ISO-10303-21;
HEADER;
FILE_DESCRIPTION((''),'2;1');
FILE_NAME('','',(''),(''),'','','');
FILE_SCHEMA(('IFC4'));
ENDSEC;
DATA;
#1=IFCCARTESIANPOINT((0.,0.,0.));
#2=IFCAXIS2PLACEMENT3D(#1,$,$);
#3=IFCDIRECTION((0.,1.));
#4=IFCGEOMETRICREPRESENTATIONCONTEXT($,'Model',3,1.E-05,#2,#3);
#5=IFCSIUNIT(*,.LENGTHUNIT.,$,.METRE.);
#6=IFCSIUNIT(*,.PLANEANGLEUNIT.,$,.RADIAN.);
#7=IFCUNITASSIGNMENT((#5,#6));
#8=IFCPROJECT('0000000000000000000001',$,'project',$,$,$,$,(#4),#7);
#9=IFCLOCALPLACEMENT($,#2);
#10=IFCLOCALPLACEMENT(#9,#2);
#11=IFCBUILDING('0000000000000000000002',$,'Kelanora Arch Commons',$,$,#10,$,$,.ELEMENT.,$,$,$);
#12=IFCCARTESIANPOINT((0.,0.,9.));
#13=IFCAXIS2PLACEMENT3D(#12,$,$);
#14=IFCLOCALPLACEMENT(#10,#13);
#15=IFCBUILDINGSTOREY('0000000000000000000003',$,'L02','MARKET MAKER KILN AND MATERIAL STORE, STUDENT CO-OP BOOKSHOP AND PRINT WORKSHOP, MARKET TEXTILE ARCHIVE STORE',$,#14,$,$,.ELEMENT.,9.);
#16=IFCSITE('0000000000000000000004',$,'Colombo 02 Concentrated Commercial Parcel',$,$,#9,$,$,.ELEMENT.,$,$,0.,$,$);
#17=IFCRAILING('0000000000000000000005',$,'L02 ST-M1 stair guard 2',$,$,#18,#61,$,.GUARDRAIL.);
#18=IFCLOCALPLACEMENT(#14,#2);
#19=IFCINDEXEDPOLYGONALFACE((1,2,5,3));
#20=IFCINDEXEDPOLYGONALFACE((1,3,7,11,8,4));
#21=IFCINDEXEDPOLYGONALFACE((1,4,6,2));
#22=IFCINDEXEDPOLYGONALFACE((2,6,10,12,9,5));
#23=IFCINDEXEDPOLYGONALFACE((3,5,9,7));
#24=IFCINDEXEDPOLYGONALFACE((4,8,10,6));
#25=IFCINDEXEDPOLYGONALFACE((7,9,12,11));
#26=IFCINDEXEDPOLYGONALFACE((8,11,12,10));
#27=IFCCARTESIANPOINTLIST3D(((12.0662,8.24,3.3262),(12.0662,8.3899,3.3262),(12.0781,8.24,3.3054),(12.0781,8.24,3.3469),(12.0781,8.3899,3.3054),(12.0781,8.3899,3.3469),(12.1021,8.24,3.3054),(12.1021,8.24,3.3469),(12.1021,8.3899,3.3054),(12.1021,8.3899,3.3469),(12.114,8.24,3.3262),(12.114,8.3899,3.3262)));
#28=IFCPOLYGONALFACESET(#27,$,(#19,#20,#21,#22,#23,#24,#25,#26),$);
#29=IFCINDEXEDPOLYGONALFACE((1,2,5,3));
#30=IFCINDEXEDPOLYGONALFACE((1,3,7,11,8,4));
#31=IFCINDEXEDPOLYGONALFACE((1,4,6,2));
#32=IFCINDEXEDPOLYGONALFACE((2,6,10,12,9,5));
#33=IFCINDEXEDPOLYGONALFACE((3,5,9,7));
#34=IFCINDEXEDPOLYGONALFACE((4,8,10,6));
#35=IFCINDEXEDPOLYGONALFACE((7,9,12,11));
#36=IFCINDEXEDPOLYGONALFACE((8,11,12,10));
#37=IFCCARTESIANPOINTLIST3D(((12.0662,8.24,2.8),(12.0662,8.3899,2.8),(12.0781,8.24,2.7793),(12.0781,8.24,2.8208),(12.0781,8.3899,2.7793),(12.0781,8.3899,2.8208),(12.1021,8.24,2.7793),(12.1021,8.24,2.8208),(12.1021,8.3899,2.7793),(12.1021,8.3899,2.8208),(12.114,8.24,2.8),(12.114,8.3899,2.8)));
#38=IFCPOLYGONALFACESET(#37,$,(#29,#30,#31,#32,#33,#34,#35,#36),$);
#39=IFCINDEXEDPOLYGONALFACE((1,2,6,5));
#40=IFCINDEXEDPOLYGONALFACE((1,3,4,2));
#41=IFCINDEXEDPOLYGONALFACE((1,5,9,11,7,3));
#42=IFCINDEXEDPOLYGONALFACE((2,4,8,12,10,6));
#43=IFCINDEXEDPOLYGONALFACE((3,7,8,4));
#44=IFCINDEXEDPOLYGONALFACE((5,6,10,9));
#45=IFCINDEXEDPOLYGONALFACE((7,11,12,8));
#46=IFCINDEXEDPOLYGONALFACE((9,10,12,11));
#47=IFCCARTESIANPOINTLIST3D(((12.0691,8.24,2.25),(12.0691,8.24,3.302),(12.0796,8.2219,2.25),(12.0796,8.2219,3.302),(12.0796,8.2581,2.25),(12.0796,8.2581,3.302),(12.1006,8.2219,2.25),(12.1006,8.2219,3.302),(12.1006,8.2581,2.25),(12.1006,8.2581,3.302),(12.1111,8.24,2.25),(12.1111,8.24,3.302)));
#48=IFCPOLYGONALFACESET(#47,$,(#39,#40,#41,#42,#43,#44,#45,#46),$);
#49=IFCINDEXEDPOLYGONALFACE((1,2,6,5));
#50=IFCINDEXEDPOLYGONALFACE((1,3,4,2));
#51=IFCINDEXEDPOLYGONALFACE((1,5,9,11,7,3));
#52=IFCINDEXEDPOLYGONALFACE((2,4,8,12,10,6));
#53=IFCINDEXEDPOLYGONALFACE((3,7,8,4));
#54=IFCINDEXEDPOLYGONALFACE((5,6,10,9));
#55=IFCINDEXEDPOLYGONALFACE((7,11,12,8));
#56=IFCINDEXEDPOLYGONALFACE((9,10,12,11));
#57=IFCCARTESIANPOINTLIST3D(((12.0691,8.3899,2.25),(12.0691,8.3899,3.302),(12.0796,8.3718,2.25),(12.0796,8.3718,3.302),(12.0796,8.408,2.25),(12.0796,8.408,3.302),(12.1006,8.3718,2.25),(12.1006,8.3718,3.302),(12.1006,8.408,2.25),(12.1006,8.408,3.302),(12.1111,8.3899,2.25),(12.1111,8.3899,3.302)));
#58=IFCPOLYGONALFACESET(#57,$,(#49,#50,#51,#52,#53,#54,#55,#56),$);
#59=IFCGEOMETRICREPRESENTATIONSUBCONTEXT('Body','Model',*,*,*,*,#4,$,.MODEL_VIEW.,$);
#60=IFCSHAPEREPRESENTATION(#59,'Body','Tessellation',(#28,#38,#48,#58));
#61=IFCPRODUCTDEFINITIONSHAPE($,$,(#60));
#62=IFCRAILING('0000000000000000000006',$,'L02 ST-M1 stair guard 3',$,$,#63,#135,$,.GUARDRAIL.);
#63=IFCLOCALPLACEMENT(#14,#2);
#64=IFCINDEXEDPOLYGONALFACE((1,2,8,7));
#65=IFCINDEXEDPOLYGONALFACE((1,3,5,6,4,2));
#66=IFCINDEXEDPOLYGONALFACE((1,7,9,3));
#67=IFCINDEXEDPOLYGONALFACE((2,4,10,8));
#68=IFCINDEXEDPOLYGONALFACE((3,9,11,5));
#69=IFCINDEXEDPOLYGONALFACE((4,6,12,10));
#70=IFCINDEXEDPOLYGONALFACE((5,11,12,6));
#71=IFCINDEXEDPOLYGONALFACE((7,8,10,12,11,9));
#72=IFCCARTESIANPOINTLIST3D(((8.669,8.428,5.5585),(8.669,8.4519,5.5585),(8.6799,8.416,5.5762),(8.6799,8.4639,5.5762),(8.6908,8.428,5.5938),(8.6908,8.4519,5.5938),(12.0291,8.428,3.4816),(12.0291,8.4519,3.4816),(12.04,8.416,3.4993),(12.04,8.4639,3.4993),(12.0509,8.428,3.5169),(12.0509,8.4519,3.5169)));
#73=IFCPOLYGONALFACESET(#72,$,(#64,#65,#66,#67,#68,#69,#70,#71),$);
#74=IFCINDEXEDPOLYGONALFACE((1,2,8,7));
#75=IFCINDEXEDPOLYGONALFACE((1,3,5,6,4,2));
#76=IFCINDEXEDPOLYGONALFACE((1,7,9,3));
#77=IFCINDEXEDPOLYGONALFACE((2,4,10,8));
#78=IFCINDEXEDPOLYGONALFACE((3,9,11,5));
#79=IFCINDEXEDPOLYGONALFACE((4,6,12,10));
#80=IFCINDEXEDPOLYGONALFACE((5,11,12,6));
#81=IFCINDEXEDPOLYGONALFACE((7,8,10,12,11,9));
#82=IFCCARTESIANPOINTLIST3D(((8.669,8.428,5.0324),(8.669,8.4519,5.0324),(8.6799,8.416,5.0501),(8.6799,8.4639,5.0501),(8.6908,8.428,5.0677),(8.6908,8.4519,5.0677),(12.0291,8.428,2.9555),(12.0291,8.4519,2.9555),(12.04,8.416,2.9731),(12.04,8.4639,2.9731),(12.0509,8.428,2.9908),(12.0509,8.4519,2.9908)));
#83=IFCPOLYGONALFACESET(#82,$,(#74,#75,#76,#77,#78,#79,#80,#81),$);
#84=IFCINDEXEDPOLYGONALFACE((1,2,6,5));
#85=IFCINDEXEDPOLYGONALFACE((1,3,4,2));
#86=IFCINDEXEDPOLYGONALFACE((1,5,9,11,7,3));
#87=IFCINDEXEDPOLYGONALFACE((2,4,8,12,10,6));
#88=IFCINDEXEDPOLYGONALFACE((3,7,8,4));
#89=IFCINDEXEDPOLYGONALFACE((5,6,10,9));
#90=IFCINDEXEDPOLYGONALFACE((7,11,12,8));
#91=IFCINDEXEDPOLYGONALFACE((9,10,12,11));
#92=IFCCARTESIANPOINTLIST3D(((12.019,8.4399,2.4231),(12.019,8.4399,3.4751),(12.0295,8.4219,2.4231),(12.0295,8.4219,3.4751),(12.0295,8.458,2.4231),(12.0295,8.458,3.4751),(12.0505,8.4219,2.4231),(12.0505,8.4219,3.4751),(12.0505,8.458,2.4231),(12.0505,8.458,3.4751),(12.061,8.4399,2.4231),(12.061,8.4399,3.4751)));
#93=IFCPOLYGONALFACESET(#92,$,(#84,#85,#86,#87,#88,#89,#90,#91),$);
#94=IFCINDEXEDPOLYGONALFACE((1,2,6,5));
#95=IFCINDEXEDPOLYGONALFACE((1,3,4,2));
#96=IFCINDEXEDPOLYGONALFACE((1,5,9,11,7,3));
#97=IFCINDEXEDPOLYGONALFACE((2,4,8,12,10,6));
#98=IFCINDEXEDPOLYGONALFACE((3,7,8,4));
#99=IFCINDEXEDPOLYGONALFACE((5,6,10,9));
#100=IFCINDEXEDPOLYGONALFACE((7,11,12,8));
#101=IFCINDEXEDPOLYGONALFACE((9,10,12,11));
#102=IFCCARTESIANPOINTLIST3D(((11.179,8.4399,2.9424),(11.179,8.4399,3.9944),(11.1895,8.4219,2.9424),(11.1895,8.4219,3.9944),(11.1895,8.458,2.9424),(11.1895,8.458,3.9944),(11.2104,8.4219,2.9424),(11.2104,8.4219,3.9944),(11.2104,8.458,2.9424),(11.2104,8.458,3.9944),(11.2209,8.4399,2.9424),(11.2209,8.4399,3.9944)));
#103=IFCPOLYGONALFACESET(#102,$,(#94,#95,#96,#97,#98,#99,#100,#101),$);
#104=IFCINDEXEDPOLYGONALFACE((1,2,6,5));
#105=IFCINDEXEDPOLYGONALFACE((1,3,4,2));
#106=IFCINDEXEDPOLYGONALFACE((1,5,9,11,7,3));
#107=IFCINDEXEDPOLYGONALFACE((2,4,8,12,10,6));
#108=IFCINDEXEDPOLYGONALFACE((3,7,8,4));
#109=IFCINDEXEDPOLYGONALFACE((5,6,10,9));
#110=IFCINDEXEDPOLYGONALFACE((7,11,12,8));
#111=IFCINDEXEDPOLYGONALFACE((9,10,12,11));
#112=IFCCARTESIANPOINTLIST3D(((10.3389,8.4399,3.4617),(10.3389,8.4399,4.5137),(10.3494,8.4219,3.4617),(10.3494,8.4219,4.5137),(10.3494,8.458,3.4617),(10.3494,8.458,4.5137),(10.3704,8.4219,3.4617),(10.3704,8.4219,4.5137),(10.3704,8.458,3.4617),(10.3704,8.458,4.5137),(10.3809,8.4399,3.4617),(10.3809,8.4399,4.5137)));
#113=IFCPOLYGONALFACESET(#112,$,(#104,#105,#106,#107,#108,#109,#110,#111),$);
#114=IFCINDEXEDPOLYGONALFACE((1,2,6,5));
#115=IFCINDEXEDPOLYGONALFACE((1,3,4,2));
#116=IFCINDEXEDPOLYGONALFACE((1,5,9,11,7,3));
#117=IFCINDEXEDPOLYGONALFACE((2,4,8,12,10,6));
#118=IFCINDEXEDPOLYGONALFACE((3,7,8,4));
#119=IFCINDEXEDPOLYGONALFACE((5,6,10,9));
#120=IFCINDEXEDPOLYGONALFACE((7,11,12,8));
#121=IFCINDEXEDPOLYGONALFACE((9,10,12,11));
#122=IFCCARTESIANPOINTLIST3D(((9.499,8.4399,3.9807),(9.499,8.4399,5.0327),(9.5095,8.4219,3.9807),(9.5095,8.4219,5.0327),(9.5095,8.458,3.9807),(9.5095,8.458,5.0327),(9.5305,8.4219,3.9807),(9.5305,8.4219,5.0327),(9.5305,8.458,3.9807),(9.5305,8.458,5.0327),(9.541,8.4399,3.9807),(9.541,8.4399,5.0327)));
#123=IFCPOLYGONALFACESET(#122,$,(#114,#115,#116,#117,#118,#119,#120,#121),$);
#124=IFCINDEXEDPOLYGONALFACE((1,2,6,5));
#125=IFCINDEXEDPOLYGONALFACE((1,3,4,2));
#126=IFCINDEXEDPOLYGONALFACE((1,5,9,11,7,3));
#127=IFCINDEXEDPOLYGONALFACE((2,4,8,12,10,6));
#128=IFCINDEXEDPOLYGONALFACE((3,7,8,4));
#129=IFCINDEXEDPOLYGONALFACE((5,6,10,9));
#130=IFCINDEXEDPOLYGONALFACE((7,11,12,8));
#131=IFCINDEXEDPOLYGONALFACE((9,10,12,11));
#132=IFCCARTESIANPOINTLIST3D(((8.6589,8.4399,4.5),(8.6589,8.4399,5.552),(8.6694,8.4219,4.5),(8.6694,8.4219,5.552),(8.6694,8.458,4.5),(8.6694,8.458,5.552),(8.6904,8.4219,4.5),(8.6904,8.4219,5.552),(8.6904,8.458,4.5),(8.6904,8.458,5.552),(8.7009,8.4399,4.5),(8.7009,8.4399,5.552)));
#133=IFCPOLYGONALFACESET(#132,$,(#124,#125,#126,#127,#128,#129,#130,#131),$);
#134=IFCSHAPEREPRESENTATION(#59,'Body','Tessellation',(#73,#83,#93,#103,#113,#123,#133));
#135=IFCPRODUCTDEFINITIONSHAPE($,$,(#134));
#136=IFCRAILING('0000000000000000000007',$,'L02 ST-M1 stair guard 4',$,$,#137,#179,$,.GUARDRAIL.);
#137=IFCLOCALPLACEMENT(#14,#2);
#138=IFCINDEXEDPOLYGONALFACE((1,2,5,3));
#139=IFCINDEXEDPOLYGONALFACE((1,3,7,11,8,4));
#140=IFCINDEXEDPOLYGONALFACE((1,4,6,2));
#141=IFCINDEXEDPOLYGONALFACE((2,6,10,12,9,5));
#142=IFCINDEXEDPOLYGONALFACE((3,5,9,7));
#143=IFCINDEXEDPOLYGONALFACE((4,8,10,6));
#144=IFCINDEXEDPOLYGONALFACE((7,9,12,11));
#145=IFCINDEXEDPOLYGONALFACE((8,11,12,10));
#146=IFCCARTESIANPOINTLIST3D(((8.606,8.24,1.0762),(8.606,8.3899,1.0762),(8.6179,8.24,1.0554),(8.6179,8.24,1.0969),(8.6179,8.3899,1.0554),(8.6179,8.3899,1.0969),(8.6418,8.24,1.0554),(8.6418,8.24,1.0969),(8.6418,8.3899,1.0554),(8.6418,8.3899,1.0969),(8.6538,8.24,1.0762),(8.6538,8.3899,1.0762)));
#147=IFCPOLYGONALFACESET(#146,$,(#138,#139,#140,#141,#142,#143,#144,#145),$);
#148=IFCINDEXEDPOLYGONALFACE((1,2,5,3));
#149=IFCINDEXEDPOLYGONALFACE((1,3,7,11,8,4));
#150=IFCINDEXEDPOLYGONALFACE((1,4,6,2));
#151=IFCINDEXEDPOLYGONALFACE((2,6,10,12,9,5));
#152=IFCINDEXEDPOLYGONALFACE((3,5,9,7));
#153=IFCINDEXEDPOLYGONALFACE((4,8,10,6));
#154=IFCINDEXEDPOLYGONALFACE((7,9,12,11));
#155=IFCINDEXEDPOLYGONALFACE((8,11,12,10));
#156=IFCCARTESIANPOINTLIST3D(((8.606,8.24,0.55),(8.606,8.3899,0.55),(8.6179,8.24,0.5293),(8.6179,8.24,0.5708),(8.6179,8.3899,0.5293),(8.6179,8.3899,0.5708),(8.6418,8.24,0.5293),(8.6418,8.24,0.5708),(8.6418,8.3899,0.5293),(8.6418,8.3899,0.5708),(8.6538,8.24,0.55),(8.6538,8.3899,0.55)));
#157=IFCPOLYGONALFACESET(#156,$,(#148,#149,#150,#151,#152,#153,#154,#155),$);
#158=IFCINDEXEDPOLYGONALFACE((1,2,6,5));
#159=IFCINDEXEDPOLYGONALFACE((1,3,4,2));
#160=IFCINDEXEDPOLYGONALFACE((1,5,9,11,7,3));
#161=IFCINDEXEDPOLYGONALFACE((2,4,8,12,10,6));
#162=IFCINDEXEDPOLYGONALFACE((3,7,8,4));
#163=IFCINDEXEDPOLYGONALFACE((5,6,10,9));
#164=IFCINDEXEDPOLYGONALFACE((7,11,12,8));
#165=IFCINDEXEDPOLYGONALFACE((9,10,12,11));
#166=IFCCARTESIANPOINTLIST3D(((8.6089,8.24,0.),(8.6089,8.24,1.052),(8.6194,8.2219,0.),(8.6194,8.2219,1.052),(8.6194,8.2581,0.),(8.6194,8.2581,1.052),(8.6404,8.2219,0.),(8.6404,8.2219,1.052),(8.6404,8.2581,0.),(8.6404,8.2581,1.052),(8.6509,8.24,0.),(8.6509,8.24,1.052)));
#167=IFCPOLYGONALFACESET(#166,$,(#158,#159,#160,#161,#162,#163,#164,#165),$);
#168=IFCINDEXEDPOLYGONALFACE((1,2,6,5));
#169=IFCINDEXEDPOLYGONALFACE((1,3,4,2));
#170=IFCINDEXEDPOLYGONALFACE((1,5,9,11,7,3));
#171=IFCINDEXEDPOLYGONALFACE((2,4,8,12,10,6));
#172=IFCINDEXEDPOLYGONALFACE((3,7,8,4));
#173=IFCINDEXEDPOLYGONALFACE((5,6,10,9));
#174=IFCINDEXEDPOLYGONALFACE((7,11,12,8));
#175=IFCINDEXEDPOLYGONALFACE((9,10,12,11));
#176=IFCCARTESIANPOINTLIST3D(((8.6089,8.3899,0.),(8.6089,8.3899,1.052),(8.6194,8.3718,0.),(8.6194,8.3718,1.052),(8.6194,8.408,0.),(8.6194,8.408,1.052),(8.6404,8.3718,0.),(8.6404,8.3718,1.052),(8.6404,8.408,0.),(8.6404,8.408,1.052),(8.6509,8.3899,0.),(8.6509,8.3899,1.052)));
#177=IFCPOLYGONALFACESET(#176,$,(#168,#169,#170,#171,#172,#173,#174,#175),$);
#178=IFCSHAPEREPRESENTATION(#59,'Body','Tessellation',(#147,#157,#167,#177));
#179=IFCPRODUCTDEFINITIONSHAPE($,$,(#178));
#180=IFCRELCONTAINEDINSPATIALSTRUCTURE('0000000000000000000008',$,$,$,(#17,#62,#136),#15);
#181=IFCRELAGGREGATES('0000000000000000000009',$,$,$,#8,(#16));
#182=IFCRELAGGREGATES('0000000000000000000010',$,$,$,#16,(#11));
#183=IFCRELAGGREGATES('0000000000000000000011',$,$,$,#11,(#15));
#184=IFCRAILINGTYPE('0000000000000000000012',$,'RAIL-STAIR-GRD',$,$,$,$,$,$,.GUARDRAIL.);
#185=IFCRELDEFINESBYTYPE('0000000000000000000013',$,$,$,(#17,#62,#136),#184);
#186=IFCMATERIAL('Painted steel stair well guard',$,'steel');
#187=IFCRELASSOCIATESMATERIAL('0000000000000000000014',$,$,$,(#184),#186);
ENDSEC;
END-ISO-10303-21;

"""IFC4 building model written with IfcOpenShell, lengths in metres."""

from ifc_helpers import new_model, si_unit, direction, frame, origin, place, context, subcontext, project, spatial, polyline, outline, extrude, material, type_object, element, save


model = new_model("IFC4")

# Units and contexts
model_context = context("Model", 3, precision=1e-05, world=origin(), true_north=direction((0.0, 1.0)))
body_context = subcontext(model_context, "Body", "Model", "MODEL_VIEW")
ifc_project = project(units=[si_unit("LENGTHUNIT", "METRE"), si_unit("PLANEANGLEUNIT", "RADIAN")], contexts=[model_context])

# Site, building, storey
site_placement = place(None, origin())
site = spatial("IfcSite", under=ifc_project, at=site_placement, Name="Colombo 02 Concentrated Commercial Parcel", CompositionType="ELEMENT", RefElevation=0.0)
building_placement = place(site_placement, origin())
building = spatial("IfcBuilding", under=site, at=building_placement, Name="Kelanora Arch Commons", CompositionType="ELEMENT")
storey_placement = place(building_placement, frame((0.0, 0.0, 9.0)))
storey = spatial("IfcBuildingStorey", under=building, at=storey_placement, Name="L02", Description="MARKET MAKER KILN AND MATERIAL STORE, STUDENT CO-OP BOOKSHOP AND PRINT WORKSHOP, MARKET TEXTILE ARCHIVE STORE", CompositionType="ELEMENT", Elevation=9.0)

# Railings
ifc_material_1 = material(Name="Painted steel stair well guard", Category="steel")
railing_type_1 = type_object("IfcRailingType", Name="RAIL-STAIR-GRD", PredefinedType="GUARDRAIL", material=ifc_material_1)
railing_1_placement = place(storey_placement, frame((12.0901, 8.24, 2.25)))
element("IfcRailing", 1, at=railing_1_placement, inside=storey, type_object=railing_type_1, Name="L02 ST-M1 stair guard 2", PredefinedType="GUARDRAIL", context=body_context, shape_type="SweptSolid", body=[
    extrude(outline(polyline([(0.0239, 0.0), (0.012, 0.0208), (-0.012, 0.0208), (-0.0239, 0.0), (-0.012, -0.0208), (0.012, -0.0208), (0.0239, 0.0)])), frame((0.0, 0.0, 1.0762), z_axis=(0.0, 1.0, 0.0), x_axis=(-1.0, 0.0, 0.0)), (0.0, 0.0, 1.0), 0.1499),
    extrude(outline(polyline([(0.0239, 0.0), (0.012, 0.0208), (-0.012, 0.0208), (-0.0239, 0.0), (-0.012, -0.0208), (0.012, -0.0208), (0.0239, 0.0)])), frame((0.0, 0.0, 0.55), z_axis=(0.0, 1.0, 0.0), x_axis=(-1.0, 0.0, 0.0)), (0.0, 0.0, 1.0), 0.1499),
    extrude(outline(polyline([(0.021, 0.0), (0.0105, 0.0181), (-0.0105, 0.0181), (-0.021, 0.0), (-0.0105, -0.0181), (0.0105, -0.0181), (0.021, 0.0)])), origin(), (0.0, 0.0, 1.0), 1.052),
    extrude(outline(polyline([(0.021, 0.0), (0.0105, 0.0181), (-0.0105, 0.0181), (-0.021, 0.0), (-0.0105, -0.0181), (0.0105, -0.0181), (0.021, 0.0)])), frame((0.0, 0.1499, 0.0)), (0.0, 0.0, 1.0), 1.052),
])
railing_2_placement = place(storey_placement, frame((12.04, 8.4399, 2.4231)))
element("IfcRailing", 2, at=railing_2_placement, inside=storey, type_object=railing_type_1, Name="L02 ST-M1 stair guard 3", PredefinedType="GUARDRAIL", context=body_context, shape_type="SweptSolid", body=[
    extrude(outline(polyline([(0.0239, 0.0), (0.012, 0.0208), (-0.012, 0.0208), (-0.0239, 0.0), (-0.012, -0.0208), (0.012, -0.0208), (0.0239, 0.0)])), frame((0.0, 0.0, 1.0762), z_axis=(-0.850623, 0.0, 0.525776), x_axis=(0.0, -1.0, 0.0)), (0.0, 0.0, 1.0), 3.9502),
    extrude(outline(polyline([(0.0239, 0.0), (0.012, 0.0208), (-0.012, 0.0208), (-0.0239, 0.0), (-0.012, -0.0208), (0.012, -0.0208), (0.0239, 0.0)])), frame((0.0, 0.0, 0.55), z_axis=(-0.850623, 0.0, 0.525776), x_axis=(0.0, -1.0, 0.0)), (0.0, 0.0, 1.0), 3.9502),
    extrude(outline(polyline([(0.021, 0.0), (0.0105, 0.0181), (-0.0105, 0.0181), (-0.021, 0.0), (-0.0105, -0.0181), (0.0105, -0.0181), (0.021, 0.0)])), origin(), (0.0, 0.0, 1.0), 1.052),
    extrude(outline(polyline([(0.021, 0.0), (0.0105, 0.0181), (-0.0105, 0.0181), (-0.021, 0.0), (-0.0105, -0.0181), (0.0105, -0.0181), (0.021, 0.0)])), frame((-0.8401, 0.0, 0.5193)), (0.0, 0.0, 1.0), 1.052),
    extrude(outline(polyline([(0.021, 0.0), (0.0105, 0.0181), (-0.0105, 0.0181), (-0.021, 0.0), (-0.0105, -0.0181), (0.0105, -0.0181), (0.021, 0.0)])), frame((-1.6802, 0.0, 1.0386)), (0.0, 0.0, 1.0), 1.052),
    extrude(outline(polyline([(0.021, 0.0), (0.0105, 0.0181), (-0.0105, 0.0181), (-0.021, 0.0), (-0.0105, -0.0181), (0.0105, -0.0181), (0.021, 0.0)])), frame((-2.52, 0.0, 1.5576)), (0.0, 0.0, 1.0), 1.052),
    extrude(outline(polyline([(0.021, 0.0), (0.0105, 0.0181), (-0.0105, 0.0181), (-0.021, 0.0), (-0.0105, -0.0181), (0.0105, -0.0181), (0.021, 0.0)])), frame((-3.3601, 0.0, 2.0769)), (0.0, 0.0, 1.0), 1.052),
])
railing_3_placement = place(storey_placement, frame((8.6299, 8.24, 0.0)))
element("IfcRailing", 3, at=railing_3_placement, inside=storey, type_object=railing_type_1, Name="L02 ST-M1 stair guard 4", PredefinedType="GUARDRAIL", context=body_context, shape_type="SweptSolid", body=[
    extrude(outline(polyline([(0.0239, 0.0), (0.012, 0.0208), (-0.012, 0.0208), (-0.0239, 0.0), (-0.012, -0.0208), (0.012, -0.0208), (0.0239, 0.0)])), frame((0.0, 0.0, 1.0762), z_axis=(0.0, 1.0, 0.0), x_axis=(-1.0, 0.0, 0.0)), (0.0, 0.0, 1.0), 0.1499),
    extrude(outline(polyline([(0.0239, 0.0), (0.012, 0.0208), (-0.012, 0.0208), (-0.0239, 0.0), (-0.012, -0.0208), (0.012, -0.0208), (0.0239, 0.0)])), frame((0.0, 0.0, 0.55), z_axis=(0.0, 1.0, 0.0), x_axis=(-1.0, 0.0, 0.0)), (0.0, 0.0, 1.0), 0.1499),
    extrude(outline(polyline([(0.021, 0.0), (0.0105, 0.0181), (-0.0105, 0.0181), (-0.021, 0.0), (-0.0105, -0.0181), (0.0105, -0.0181), (0.021, 0.0)])), origin(), (0.0, 0.0, 1.0), 1.052),
    extrude(outline(polyline([(0.021, 0.0), (0.0105, 0.0181), (-0.0105, 0.0181), (-0.021, 0.0), (-0.0105, -0.0181), (0.0105, -0.0181), (0.021, 0.0)])), frame((0.0, 0.1499, 0.0)), (0.0, 0.0, 1.0), 1.052),
])

save(model, "model.ifc")
